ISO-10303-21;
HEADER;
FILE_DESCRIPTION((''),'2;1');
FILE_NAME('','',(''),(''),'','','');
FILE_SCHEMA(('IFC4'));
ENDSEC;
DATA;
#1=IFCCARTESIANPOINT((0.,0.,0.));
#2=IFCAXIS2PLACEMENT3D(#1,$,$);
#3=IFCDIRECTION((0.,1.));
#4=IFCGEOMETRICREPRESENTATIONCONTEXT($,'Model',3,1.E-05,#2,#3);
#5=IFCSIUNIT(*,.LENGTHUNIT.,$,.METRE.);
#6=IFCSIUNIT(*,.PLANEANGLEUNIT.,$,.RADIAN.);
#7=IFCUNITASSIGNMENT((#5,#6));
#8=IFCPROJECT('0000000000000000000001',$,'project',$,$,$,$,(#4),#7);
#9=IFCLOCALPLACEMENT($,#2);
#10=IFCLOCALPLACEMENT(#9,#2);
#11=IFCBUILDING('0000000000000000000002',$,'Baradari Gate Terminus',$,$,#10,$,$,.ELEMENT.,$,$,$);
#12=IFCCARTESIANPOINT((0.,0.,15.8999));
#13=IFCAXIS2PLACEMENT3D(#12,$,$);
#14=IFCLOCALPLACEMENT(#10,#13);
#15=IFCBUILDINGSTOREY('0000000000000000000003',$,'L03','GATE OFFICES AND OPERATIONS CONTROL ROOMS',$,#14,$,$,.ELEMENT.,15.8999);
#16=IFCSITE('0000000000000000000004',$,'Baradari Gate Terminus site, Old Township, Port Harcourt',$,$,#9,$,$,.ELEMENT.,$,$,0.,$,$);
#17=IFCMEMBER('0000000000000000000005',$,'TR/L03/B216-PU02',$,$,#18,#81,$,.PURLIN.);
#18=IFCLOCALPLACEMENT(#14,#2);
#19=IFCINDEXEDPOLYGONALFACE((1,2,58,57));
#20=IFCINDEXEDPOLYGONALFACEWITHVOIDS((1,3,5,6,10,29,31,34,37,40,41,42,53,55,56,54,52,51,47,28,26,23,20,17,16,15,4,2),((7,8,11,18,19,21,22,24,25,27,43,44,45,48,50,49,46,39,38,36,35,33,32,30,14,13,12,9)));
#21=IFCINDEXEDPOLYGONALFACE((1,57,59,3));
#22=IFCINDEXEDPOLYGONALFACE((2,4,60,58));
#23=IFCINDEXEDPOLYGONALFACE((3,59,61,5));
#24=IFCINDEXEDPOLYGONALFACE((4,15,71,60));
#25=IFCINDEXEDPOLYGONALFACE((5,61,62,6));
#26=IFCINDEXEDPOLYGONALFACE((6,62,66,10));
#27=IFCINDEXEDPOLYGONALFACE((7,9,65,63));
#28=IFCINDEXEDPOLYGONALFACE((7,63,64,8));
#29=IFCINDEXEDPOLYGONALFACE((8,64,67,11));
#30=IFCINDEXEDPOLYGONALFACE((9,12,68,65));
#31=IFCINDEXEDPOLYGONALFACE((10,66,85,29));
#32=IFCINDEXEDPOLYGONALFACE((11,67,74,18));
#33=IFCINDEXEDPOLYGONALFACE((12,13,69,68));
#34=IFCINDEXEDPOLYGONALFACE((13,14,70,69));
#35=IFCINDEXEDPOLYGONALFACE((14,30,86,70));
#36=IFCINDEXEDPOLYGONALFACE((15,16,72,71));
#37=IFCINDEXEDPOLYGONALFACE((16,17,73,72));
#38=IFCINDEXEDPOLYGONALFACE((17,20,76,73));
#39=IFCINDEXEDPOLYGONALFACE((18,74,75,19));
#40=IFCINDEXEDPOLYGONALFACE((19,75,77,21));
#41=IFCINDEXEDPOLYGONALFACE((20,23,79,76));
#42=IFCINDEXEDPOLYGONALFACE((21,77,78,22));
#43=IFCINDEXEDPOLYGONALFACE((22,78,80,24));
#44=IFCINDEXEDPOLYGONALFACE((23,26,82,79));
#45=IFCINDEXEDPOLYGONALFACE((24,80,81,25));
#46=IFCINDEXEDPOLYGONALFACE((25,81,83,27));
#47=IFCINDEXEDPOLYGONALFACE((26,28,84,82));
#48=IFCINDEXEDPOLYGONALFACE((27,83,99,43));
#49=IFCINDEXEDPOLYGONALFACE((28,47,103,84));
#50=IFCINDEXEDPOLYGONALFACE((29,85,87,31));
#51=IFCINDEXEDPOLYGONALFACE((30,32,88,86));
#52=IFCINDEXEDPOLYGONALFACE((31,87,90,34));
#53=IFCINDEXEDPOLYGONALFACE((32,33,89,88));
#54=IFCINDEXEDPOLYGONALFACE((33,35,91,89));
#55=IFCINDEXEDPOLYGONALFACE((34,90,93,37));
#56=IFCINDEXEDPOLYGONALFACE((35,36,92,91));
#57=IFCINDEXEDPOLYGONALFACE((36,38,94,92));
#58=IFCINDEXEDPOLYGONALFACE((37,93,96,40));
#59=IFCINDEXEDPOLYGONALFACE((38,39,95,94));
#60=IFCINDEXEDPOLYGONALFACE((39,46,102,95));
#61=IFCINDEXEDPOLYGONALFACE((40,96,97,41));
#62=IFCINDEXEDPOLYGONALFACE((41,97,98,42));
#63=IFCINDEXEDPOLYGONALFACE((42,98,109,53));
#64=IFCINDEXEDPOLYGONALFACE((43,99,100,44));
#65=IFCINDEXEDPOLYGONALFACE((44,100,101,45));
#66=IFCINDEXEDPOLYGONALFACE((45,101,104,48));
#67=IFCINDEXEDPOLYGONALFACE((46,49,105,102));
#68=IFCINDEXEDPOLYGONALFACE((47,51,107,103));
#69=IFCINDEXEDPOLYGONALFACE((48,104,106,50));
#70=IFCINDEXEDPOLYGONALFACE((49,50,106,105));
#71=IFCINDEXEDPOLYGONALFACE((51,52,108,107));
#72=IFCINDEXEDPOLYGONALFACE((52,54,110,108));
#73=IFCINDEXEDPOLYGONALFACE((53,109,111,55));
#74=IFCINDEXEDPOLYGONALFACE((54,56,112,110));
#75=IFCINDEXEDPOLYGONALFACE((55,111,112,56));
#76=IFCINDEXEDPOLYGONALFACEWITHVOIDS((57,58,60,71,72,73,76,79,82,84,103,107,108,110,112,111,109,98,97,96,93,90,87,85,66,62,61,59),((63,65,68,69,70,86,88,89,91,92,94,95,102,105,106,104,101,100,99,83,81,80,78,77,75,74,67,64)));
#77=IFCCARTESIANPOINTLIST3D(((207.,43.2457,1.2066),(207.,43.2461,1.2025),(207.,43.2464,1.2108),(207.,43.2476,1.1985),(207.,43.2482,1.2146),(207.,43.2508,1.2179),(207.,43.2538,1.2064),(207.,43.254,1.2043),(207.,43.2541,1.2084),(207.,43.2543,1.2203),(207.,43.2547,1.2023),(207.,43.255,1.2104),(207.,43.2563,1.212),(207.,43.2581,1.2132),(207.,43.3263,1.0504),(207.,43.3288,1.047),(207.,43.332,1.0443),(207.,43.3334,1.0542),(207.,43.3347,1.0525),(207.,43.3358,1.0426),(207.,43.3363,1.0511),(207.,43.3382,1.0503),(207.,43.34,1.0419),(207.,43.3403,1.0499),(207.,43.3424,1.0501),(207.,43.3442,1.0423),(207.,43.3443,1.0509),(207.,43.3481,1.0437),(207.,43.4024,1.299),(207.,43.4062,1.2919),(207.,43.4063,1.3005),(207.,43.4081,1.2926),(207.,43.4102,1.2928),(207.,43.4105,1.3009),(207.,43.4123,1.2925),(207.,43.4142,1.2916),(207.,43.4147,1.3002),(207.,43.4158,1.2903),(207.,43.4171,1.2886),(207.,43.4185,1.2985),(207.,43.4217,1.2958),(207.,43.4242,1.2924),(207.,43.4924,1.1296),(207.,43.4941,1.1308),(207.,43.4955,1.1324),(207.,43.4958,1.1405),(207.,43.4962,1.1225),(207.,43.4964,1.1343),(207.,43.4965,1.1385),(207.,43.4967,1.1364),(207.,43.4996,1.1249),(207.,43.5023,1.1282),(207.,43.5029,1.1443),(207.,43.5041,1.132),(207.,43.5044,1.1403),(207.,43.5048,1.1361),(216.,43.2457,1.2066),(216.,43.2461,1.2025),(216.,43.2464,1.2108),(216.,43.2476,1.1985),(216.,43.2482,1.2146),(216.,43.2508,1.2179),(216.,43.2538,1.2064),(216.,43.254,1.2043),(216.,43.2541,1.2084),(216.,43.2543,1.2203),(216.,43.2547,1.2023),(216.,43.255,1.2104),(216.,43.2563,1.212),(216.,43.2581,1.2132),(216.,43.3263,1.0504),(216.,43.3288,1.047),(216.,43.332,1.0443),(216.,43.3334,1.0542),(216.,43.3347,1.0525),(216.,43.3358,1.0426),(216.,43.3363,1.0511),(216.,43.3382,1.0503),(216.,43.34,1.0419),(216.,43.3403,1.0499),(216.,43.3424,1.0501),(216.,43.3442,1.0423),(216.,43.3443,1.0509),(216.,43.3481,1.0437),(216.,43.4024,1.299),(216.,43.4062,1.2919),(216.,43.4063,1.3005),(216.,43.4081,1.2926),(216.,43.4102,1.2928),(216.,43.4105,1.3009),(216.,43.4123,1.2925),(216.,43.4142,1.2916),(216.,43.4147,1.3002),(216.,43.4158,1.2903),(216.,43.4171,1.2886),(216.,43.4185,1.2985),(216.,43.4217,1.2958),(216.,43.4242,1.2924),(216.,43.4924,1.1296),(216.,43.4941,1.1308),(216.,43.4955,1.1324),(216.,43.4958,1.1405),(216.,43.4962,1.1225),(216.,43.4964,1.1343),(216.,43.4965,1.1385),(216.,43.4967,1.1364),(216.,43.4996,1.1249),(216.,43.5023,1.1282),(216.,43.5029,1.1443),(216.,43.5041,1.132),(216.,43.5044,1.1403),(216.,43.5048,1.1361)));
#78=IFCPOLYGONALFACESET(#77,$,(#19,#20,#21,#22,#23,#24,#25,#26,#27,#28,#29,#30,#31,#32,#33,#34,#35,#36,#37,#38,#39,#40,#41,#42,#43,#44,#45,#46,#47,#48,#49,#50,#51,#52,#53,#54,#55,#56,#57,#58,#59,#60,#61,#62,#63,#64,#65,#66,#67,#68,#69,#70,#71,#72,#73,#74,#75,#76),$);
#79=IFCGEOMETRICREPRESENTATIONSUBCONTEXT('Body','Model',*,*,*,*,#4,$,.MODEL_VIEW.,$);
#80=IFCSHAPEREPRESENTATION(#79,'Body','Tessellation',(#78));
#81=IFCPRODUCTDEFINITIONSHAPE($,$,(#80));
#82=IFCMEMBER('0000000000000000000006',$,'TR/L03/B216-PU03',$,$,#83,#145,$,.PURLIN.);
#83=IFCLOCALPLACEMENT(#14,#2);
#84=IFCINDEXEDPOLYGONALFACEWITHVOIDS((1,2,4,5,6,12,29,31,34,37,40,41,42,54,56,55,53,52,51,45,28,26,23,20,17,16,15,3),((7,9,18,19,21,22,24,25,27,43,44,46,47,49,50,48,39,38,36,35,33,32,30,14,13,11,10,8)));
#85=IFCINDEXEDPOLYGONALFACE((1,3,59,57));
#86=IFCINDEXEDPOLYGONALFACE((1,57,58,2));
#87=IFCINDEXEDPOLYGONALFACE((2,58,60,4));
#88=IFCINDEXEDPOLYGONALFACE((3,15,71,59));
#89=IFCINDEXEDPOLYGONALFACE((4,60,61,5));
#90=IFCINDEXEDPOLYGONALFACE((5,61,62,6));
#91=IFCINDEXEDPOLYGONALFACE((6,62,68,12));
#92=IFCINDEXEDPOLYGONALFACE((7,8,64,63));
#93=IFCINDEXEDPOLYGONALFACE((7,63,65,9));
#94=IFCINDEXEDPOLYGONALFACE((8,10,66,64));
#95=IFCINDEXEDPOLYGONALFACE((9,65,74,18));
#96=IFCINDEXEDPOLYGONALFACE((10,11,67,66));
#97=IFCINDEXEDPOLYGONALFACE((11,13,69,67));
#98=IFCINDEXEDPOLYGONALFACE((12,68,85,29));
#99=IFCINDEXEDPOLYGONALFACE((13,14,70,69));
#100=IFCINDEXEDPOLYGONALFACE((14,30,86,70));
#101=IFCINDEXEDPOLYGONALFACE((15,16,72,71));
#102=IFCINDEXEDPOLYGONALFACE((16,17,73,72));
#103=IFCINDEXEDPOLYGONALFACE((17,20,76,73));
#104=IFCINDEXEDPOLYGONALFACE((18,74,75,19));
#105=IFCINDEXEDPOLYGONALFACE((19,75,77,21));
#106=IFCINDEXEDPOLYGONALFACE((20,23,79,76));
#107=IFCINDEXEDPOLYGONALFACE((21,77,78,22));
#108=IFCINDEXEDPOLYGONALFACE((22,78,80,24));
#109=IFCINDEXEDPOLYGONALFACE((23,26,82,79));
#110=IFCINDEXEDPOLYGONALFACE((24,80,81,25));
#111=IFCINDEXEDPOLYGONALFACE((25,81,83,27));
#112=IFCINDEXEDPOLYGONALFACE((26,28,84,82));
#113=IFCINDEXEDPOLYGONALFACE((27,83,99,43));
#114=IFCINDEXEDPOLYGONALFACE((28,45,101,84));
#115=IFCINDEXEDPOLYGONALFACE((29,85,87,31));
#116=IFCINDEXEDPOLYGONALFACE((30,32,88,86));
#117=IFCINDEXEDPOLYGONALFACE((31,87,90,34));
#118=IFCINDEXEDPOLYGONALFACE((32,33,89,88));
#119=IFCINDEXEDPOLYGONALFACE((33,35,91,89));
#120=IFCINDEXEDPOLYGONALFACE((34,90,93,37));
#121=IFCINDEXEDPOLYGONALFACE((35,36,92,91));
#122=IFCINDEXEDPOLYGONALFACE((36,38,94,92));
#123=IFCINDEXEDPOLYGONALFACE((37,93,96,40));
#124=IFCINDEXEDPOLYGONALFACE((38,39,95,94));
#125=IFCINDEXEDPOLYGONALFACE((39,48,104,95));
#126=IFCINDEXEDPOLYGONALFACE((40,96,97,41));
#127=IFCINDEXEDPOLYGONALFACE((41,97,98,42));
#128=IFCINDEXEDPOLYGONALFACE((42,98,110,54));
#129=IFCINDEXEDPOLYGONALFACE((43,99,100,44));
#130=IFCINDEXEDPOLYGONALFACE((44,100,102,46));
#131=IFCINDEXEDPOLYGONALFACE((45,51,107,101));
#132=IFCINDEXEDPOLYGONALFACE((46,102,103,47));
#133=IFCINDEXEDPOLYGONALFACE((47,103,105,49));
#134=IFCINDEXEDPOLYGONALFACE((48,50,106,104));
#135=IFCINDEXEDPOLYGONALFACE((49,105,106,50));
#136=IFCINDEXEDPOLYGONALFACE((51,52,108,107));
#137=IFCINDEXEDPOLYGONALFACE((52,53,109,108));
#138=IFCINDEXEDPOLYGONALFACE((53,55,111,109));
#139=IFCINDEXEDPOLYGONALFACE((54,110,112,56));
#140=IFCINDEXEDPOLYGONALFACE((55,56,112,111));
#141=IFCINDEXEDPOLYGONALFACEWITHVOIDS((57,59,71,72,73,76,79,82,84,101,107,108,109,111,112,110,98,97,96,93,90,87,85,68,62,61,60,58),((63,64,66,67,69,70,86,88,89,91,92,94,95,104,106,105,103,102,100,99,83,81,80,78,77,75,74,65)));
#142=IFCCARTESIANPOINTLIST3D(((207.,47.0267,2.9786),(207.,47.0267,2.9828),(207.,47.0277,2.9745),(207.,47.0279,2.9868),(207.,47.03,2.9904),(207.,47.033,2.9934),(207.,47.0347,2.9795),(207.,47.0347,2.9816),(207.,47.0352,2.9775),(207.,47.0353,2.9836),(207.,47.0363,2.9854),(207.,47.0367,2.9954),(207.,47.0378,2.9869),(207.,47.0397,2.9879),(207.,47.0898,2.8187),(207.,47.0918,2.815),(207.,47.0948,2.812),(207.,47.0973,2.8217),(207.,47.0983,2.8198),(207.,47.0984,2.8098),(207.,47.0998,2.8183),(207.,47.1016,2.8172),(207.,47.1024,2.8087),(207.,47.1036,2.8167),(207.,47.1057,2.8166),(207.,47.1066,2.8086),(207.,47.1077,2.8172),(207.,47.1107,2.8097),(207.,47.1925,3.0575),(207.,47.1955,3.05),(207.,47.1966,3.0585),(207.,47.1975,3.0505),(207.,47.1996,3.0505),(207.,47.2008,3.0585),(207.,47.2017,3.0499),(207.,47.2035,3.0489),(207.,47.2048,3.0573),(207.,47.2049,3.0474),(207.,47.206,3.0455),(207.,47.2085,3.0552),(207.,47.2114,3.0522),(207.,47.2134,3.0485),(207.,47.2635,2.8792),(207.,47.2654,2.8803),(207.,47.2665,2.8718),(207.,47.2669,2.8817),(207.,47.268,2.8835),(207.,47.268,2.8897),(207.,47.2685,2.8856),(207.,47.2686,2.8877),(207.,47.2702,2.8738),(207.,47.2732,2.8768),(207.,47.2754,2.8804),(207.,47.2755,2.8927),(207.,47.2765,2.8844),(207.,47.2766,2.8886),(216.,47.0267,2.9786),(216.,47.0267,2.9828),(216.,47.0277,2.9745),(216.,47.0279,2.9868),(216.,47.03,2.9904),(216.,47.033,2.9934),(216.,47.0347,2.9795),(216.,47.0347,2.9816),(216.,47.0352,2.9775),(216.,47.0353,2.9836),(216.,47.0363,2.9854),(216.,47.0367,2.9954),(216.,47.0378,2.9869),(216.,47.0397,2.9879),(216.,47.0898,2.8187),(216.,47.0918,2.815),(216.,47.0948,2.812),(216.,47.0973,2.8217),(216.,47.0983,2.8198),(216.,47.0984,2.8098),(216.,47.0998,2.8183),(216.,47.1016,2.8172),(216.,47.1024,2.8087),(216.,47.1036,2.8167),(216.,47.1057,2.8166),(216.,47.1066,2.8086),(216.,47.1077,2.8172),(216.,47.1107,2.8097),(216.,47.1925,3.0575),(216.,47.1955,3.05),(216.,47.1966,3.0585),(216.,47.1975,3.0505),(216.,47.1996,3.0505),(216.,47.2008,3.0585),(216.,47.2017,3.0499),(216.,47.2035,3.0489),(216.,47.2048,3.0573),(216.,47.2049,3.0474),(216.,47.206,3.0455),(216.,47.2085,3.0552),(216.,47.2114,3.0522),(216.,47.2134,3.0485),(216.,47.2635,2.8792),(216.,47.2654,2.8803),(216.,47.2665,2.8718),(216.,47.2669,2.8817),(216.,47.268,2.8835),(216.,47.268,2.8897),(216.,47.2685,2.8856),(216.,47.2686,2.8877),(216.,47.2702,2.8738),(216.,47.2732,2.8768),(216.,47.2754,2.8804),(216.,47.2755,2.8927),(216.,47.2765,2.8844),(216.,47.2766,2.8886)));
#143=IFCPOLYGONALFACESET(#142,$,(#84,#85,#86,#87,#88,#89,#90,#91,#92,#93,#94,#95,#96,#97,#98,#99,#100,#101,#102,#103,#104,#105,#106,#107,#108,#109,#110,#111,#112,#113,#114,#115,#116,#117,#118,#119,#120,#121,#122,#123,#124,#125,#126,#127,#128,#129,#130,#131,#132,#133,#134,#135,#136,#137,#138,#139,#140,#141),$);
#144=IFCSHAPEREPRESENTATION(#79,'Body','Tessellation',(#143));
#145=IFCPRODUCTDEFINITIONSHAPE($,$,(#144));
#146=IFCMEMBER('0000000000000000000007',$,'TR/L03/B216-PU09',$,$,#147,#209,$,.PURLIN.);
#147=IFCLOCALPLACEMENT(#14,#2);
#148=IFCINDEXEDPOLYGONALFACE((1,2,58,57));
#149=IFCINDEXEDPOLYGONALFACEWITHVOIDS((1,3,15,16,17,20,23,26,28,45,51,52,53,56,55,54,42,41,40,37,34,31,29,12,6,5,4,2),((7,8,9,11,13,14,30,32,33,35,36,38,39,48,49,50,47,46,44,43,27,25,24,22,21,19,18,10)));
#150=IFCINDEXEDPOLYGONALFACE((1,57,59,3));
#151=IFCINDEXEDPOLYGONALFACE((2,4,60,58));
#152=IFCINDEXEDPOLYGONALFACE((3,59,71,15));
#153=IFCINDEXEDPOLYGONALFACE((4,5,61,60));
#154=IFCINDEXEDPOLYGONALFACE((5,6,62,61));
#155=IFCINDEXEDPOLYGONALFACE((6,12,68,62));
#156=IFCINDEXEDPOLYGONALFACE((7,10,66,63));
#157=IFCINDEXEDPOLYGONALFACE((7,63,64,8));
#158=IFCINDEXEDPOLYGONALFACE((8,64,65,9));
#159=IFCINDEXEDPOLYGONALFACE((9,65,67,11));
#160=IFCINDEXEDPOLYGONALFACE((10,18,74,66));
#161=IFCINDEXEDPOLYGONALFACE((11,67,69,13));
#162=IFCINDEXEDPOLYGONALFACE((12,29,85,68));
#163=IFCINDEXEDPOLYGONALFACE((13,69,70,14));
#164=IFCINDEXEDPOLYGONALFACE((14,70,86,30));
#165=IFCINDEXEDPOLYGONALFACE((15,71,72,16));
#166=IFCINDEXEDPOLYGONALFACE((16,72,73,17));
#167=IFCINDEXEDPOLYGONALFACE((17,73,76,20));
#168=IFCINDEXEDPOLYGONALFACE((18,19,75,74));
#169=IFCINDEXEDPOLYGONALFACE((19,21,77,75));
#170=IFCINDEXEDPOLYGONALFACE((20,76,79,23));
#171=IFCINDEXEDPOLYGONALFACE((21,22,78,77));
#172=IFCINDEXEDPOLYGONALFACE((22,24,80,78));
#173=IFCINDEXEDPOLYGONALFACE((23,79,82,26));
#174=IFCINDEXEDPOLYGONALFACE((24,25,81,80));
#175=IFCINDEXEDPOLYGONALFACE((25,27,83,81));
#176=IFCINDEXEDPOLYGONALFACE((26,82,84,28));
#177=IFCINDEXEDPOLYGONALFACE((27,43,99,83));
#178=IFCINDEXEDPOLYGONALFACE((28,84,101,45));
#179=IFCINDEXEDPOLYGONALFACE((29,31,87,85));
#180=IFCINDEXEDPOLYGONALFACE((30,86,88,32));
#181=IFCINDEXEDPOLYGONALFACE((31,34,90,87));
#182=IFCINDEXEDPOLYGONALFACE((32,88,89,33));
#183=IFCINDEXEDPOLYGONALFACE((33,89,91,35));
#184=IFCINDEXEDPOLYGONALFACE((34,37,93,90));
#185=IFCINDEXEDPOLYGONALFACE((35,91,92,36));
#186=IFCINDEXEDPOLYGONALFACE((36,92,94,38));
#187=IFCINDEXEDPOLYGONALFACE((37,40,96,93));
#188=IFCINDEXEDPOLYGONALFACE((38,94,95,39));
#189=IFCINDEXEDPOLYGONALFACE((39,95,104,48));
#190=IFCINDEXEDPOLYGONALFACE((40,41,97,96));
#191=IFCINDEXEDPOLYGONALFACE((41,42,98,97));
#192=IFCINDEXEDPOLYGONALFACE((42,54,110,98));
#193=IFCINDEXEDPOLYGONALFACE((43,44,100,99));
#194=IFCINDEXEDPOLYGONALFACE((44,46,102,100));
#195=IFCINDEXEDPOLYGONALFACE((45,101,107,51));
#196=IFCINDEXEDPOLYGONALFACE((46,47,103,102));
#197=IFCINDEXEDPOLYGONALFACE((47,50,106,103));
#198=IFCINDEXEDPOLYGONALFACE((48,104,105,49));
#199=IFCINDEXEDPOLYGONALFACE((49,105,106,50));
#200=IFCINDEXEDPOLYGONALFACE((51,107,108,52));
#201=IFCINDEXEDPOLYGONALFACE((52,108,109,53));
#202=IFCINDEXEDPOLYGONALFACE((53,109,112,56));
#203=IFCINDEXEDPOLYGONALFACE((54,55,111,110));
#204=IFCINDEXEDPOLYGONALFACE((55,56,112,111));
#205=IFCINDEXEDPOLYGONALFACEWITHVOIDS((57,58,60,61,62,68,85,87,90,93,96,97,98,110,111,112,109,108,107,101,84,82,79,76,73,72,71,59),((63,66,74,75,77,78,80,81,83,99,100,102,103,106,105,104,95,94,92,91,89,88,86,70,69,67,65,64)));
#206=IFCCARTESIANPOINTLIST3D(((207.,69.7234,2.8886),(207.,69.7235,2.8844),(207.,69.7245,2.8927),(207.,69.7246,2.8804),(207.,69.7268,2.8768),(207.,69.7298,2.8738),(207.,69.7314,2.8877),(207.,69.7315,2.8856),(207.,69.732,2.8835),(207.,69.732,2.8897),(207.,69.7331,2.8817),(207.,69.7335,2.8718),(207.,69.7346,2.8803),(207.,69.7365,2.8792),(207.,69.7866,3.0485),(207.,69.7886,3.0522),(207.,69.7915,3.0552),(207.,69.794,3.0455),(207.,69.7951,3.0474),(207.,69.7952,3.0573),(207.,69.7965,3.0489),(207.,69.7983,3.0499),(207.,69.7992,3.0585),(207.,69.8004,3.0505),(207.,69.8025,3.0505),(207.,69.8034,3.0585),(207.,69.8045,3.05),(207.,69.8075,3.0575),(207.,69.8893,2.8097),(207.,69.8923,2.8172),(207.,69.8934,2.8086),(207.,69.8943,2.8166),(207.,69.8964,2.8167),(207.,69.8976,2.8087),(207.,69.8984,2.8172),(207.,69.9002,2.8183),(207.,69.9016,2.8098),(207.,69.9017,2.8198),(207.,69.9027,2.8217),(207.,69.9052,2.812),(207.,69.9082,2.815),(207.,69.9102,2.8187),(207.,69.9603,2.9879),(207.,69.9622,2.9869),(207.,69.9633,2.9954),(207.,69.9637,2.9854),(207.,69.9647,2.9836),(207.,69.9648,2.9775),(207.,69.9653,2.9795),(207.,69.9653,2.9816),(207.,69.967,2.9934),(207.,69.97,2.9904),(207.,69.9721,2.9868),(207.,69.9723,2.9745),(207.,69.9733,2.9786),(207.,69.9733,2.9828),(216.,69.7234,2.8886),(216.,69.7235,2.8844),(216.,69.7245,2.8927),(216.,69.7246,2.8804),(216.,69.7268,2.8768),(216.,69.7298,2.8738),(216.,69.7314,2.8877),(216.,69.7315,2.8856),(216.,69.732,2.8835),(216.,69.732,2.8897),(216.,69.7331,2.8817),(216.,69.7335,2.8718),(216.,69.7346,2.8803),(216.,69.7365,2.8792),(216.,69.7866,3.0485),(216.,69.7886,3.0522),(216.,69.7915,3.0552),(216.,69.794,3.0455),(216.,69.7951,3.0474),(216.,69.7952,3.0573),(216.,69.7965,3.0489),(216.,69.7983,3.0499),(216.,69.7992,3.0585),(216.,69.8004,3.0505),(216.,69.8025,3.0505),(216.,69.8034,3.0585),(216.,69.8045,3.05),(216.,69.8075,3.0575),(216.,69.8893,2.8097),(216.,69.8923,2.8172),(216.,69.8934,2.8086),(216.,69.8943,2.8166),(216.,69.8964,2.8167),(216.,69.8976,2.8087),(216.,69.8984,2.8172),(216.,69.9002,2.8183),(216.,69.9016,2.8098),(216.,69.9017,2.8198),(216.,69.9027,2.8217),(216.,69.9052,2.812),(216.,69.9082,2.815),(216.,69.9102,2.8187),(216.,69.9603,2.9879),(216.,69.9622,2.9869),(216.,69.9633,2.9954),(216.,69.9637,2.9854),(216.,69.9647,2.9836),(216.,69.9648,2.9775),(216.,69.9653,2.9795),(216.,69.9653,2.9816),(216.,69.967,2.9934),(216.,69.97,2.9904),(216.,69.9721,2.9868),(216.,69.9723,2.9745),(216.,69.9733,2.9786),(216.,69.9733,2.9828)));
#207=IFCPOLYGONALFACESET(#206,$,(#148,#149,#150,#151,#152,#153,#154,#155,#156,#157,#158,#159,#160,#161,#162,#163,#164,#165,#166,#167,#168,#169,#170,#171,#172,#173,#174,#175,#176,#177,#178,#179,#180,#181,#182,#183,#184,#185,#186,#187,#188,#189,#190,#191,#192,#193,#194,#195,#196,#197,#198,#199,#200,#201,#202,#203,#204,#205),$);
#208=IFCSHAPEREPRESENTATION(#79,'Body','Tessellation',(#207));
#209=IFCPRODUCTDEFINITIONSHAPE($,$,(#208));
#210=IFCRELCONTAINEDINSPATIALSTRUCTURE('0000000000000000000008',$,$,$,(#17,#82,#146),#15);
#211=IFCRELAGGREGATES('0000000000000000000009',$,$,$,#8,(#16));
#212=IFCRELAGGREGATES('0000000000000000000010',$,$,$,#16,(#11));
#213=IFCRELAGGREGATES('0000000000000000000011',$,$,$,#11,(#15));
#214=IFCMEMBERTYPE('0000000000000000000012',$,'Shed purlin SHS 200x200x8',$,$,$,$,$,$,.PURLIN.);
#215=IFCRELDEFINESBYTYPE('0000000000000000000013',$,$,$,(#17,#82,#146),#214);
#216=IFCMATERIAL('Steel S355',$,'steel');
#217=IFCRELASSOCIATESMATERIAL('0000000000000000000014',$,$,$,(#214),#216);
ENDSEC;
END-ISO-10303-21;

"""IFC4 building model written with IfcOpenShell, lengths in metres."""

from ifc_helpers import new_model, si_unit, direction, frame, origin, origin_2d, place, context, subcontext, project, spatial, hollow_rectangle, extrude, material, material_profile, profile_set, type_object, element, save


model = new_model("IFC4")

# Units and contexts
model_context = context("Model", 3, precision=1e-05, world=origin(), true_north=direction((0.0, 1.0)))
body_context = subcontext(model_context, "Body", "Model", "MODEL_VIEW")
ifc_project = project(units=[si_unit("LENGTHUNIT", "METRE"), si_unit("PLANEANGLEUNIT", "RADIAN")], contexts=[model_context])

# Site, building, storey
site_placement = place(None, origin())
site = spatial("IfcSite", under=ifc_project, at=site_placement, Name="Baradari Gate Terminus site, Old Township, Port Harcourt", CompositionType="ELEMENT", RefElevation=0.0)
building_placement = place(site_placement, origin())
building = spatial("IfcBuilding", under=site, at=building_placement, Name="Baradari Gate Terminus", CompositionType="ELEMENT")
storey_placement = place(building_placement, frame((0.0, 0.0, 15.8999)))
storey = spatial("IfcBuildingStorey", under=building, at=storey_placement, Name="L03", Description="GATE OFFICES AND OPERATIONS CONTROL ROOMS", CompositionType="ELEMENT", Elevation=15.8999)

# Members
ifc_material_1 = material(Name="Steel S355", Category="steel")
ifc_material_profile_1 = material_profile(ifc_material_1, hollow_rectangle(XDim=0.2, YDim=0.2, WallThickness=0.0081, InnerFilletRadius=0.0081, OuterFilletRadius=0.0161, at=origin_2d()), Name="SHS 200x200x8")
ifc_profile_set_1 = profile_set([ifc_material_profile_1], Name="Steel S355")
member_type_1 = type_object("IfcMemberType", Name="Shed purlin SHS 200x200x8", PredefinedType="PURLIN", material=ifc_profile_set_1)
for number, where, z_axis, x_axis, name in (
    (1, (207.0, 43.3752, 1.1714), (1.0, 0.0, 0.0), (0.0, 0.883027, 0.469322), "TR/L03/B216-PU02"),
    (2, (207.0, 47.1516, 2.9336), (1.0, 0.0, 0.0), (0.0, 0.928965, 0.370167), "TR/L03/B216-PU03"),
    (3, (207.0, 69.8484, 2.9336), (1.0, 0.0, 0.0), (0.0, 0.928965, -0.370167), "TR/L03/B216-PU09"),
):
    element("IfcMember", number, at=place(storey_placement, frame(where, z_axis=z_axis, x_axis=x_axis)), inside=storey, type_object=member_type_1, Name=name, PredefinedType="PURLIN", context=body_context, shape_type="SweptSolid", body=[
        extrude(hollow_rectangle(XDim=0.2, YDim=0.2, WallThickness=0.0081, InnerFilletRadius=0.0081, OuterFilletRadius=0.0161, at=origin_2d()), origin(), (0.0, 0.0, 1.0), 9.0),
    ])

save(model, "model.ifc")
